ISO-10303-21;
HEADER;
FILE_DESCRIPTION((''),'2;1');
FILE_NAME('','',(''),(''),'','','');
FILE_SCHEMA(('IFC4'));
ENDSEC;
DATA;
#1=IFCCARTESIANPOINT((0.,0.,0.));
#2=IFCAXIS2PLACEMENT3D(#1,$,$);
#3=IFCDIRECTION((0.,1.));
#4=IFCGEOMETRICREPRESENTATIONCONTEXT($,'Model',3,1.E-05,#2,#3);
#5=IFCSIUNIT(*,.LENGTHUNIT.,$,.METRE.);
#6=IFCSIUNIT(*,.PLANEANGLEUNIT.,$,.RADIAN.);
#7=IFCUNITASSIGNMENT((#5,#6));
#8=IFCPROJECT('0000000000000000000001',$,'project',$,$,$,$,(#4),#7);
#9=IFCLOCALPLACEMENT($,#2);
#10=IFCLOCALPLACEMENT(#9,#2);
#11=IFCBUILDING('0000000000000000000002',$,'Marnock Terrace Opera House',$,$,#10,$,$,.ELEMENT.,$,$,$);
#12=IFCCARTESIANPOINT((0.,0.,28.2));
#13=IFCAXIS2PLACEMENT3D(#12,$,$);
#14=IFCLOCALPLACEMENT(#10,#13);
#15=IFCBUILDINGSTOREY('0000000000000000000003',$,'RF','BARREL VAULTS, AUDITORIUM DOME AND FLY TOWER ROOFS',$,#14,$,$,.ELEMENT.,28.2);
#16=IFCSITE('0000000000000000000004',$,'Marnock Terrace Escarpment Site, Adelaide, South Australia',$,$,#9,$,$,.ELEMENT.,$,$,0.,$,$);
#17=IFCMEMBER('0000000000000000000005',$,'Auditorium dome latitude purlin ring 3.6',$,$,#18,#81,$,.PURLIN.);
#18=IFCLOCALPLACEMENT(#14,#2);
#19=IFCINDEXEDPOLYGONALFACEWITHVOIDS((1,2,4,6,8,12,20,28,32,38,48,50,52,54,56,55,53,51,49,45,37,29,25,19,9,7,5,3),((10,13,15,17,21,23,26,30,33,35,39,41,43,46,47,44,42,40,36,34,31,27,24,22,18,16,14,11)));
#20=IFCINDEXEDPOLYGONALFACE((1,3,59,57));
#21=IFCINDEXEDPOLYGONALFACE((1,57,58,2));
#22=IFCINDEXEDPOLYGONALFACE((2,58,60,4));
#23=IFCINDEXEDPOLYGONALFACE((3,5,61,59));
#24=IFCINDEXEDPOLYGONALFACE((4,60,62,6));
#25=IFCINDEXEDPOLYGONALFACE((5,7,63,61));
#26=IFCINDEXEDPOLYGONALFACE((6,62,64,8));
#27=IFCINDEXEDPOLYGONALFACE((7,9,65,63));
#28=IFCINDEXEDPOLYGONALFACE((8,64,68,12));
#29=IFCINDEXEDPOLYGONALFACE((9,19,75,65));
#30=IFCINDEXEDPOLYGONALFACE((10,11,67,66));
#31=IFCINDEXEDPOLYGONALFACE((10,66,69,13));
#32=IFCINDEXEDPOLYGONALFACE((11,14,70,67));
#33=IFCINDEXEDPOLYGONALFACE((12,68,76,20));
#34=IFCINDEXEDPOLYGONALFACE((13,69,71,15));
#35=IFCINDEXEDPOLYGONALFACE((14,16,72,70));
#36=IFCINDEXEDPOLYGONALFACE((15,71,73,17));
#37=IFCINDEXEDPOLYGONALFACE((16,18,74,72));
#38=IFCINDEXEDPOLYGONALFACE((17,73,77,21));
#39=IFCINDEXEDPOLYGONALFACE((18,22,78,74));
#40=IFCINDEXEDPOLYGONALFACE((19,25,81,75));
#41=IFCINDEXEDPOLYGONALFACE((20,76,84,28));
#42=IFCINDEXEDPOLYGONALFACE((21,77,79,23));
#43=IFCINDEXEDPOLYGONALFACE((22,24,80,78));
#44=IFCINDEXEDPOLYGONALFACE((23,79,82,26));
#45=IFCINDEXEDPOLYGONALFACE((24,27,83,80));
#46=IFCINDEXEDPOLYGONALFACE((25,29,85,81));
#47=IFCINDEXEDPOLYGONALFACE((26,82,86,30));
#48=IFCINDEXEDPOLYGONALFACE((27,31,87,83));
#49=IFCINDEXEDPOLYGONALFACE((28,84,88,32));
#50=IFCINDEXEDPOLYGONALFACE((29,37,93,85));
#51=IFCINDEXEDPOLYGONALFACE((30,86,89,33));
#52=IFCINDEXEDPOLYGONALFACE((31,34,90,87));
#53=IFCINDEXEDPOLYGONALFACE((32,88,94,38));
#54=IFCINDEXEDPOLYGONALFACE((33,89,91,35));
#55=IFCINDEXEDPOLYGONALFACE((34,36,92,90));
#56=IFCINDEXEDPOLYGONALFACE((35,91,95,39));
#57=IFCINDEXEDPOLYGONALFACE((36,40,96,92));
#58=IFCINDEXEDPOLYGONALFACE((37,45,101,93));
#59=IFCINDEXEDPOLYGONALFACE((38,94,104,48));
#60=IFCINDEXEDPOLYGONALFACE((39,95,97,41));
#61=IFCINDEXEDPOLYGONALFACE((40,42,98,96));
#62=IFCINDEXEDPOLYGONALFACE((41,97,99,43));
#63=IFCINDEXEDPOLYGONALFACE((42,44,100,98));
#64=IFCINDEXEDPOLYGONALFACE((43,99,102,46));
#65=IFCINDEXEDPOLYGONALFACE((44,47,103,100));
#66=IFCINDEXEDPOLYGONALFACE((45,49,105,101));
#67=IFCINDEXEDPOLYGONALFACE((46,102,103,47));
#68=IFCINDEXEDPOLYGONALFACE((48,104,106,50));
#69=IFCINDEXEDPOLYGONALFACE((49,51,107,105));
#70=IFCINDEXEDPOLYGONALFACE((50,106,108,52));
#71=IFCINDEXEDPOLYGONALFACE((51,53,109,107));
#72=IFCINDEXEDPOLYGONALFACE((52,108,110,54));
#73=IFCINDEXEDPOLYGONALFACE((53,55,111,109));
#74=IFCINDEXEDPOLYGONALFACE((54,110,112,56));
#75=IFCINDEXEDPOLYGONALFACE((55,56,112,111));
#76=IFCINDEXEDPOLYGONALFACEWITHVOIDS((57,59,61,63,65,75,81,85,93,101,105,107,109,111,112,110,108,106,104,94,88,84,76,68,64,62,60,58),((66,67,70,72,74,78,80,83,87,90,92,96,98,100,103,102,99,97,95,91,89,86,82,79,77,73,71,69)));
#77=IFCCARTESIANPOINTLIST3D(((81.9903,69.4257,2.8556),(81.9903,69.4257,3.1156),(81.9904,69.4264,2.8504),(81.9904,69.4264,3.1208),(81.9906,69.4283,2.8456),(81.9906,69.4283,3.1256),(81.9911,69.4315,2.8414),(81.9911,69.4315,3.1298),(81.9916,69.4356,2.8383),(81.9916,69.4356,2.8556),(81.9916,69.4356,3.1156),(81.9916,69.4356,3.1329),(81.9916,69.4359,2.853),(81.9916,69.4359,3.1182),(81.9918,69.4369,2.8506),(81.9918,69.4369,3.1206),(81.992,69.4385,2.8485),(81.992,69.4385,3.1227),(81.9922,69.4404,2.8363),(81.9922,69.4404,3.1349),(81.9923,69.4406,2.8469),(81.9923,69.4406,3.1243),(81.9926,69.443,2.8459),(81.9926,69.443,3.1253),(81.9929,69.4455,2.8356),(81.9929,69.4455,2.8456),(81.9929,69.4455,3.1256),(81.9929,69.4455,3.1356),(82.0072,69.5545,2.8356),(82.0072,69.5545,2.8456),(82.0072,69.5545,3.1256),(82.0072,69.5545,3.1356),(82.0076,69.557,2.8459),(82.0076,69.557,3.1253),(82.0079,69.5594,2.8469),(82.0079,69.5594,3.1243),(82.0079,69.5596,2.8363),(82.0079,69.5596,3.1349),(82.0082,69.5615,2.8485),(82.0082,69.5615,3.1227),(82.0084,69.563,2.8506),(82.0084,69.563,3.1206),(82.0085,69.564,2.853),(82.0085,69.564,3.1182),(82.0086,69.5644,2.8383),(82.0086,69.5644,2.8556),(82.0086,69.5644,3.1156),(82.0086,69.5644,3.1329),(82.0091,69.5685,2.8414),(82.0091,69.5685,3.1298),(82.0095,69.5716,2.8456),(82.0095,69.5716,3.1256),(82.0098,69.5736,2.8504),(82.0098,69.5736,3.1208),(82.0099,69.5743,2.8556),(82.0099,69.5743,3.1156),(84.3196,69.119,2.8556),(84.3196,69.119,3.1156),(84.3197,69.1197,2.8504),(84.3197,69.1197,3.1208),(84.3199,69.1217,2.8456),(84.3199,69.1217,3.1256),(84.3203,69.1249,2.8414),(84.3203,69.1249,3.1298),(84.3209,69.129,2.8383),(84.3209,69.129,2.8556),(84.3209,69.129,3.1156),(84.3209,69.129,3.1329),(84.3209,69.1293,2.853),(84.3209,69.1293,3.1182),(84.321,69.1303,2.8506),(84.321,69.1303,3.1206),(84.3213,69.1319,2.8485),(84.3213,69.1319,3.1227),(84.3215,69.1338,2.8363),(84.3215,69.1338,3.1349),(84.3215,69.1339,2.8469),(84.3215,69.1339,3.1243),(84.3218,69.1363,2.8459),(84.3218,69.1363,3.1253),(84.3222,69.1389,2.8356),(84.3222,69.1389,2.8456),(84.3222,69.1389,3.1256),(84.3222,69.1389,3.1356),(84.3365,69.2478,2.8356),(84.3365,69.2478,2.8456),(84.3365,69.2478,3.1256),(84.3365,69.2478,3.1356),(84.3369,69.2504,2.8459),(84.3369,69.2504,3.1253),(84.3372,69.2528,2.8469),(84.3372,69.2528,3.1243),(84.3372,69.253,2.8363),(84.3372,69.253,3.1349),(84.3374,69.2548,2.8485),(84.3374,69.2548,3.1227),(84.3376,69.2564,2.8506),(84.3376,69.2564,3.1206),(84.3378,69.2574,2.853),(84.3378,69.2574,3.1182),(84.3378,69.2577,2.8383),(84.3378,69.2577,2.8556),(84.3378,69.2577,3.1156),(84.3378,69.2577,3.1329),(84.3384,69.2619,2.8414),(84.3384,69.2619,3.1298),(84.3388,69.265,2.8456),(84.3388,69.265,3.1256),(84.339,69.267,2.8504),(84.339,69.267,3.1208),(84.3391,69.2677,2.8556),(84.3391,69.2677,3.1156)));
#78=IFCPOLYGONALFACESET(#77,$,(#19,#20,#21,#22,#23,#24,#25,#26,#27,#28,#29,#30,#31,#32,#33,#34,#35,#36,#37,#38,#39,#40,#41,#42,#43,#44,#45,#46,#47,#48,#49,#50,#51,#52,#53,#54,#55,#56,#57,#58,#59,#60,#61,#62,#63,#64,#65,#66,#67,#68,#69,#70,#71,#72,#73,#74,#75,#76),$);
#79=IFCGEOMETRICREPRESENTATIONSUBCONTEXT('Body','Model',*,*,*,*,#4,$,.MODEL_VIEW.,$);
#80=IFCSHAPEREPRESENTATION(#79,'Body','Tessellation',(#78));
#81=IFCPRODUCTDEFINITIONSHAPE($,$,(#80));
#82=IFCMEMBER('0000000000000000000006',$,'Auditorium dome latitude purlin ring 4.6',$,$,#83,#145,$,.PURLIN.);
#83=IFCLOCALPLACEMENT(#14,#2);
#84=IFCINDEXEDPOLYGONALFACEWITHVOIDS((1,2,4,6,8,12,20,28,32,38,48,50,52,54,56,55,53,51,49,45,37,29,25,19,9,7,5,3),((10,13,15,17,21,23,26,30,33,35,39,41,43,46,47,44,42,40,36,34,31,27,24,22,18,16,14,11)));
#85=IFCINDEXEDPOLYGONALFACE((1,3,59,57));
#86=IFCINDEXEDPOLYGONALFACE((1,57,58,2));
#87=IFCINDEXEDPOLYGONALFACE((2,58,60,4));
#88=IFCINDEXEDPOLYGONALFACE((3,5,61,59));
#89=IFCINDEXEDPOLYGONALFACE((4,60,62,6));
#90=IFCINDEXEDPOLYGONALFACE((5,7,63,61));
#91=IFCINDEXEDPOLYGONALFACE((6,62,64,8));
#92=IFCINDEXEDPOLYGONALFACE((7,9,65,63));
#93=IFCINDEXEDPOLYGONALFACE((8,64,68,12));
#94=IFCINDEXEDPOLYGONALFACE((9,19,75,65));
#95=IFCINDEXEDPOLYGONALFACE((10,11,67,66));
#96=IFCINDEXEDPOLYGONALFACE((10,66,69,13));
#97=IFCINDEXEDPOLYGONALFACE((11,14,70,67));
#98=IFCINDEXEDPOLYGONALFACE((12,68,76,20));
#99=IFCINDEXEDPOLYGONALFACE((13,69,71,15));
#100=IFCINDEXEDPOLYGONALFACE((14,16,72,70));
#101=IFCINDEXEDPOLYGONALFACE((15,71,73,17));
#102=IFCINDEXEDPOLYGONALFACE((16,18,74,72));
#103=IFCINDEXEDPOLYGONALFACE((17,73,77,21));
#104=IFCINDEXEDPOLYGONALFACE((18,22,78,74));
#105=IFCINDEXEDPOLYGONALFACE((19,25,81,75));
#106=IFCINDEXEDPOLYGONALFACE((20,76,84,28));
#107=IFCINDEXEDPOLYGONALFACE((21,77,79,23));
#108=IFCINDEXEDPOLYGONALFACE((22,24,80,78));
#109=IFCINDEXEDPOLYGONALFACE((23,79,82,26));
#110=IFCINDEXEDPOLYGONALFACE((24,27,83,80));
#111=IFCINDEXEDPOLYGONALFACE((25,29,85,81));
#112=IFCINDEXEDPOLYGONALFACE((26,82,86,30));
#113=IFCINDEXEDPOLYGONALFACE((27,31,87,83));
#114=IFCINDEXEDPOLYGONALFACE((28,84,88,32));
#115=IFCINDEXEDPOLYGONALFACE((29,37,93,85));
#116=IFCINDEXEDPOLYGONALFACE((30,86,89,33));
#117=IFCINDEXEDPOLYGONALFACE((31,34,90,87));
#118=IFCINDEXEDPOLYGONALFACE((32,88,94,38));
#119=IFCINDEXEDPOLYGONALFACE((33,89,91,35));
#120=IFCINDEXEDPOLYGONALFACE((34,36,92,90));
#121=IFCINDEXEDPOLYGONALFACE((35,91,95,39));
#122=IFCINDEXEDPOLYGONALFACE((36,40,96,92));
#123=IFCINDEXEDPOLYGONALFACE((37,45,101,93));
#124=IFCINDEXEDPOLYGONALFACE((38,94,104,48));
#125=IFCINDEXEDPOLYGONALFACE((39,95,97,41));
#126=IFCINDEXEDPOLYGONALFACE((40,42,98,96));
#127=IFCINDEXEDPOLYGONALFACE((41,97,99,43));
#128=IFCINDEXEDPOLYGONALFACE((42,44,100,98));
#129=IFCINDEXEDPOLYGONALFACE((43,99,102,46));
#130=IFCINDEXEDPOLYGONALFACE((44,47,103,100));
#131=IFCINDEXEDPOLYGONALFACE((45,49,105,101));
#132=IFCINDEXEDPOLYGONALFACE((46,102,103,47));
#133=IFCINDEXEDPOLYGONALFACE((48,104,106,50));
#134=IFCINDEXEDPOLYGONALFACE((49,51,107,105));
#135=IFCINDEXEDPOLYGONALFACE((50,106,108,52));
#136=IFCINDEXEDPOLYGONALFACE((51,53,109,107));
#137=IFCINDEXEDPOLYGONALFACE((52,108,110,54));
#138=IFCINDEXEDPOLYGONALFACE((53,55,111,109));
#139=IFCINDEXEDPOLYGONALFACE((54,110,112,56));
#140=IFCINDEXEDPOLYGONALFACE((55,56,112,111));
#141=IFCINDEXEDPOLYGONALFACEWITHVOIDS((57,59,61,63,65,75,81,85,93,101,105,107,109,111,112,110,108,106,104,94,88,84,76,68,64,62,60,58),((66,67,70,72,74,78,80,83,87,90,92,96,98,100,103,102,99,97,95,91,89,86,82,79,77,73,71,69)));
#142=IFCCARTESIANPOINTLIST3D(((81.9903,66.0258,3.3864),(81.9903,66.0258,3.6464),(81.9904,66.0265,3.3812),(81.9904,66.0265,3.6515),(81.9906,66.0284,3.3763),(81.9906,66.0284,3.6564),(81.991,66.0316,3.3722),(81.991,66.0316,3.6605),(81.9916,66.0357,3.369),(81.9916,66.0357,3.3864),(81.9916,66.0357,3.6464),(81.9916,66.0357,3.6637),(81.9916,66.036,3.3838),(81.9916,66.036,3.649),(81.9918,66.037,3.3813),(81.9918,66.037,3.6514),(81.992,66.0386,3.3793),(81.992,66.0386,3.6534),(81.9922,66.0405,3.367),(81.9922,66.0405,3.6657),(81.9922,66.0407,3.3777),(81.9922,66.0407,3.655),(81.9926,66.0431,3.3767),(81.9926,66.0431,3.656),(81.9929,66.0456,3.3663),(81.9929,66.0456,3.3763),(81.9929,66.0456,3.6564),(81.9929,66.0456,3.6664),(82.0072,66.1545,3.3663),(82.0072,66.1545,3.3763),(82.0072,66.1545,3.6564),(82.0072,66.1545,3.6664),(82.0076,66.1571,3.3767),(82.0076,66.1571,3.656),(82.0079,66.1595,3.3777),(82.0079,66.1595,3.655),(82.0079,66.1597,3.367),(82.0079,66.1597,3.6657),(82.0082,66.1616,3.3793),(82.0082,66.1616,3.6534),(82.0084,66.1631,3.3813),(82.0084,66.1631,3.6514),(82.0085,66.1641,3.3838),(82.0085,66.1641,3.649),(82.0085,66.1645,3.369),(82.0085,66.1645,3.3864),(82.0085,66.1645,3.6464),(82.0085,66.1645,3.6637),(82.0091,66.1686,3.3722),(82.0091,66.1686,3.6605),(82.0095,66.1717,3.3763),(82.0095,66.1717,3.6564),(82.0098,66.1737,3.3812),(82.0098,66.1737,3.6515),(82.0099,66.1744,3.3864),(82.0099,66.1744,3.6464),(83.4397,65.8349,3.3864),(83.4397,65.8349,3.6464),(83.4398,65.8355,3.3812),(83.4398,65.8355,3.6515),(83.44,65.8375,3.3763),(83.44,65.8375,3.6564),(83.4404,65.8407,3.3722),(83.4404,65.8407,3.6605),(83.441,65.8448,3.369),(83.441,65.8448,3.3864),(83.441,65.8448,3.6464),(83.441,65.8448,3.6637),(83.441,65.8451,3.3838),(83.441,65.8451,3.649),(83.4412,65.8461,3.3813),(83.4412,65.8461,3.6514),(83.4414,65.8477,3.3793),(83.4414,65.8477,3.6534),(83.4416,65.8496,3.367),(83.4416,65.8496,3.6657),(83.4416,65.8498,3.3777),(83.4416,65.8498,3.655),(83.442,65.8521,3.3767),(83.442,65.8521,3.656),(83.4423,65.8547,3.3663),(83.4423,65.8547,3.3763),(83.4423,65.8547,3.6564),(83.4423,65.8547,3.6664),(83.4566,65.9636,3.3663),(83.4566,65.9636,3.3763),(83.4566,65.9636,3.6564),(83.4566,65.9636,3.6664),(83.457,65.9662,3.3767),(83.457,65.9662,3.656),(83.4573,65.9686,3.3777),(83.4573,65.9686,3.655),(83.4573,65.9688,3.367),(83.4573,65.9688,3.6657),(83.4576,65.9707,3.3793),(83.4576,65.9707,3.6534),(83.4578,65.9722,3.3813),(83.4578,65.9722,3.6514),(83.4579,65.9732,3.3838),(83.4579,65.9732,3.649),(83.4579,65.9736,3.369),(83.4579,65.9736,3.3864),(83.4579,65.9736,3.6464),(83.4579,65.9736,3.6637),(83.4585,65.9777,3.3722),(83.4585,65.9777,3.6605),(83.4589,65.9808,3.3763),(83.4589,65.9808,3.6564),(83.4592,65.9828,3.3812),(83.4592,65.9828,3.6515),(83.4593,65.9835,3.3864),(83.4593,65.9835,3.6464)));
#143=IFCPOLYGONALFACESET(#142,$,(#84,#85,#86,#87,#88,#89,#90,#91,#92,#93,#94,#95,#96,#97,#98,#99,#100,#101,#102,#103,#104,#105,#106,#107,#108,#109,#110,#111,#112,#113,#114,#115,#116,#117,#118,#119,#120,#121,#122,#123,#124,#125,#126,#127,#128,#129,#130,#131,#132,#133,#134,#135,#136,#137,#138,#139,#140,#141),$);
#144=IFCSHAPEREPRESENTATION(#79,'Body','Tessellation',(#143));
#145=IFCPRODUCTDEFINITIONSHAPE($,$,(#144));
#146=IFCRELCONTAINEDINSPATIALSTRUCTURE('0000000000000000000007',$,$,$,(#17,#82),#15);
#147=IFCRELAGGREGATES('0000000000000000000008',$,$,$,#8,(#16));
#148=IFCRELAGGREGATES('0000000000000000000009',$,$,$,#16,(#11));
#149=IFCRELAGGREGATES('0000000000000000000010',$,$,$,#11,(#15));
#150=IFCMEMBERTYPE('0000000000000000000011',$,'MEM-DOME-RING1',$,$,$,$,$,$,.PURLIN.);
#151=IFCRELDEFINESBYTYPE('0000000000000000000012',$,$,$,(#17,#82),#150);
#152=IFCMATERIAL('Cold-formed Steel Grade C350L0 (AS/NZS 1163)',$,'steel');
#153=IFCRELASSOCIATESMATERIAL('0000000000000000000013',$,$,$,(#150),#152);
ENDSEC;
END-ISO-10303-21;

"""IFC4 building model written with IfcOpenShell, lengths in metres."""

from ifc_helpers import new_model, si_unit, direction, frame, origin, origin_2d, place, context, subcontext, project, spatial, hollow_rectangle, extrude, material, material_profile, profile_set, type_object, element, save


model = new_model("IFC4")

# Units and contexts
model_context = context("Model", 3, precision=1e-05, world=origin(), true_north=direction((0.0, 1.0)))
body_context = subcontext(model_context, "Body", "Model", "MODEL_VIEW")
ifc_project = project(units=[si_unit("LENGTHUNIT", "METRE"), si_unit("PLANEANGLEUNIT", "RADIAN")], contexts=[model_context])

# Site, building, storey
site_placement = place(None, origin())
site = spatial("IfcSite", under=ifc_project, at=site_placement, Name="Marnock Terrace Escarpment Site, Adelaide, South Australia", CompositionType="ELEMENT", RefElevation=0.0)
building_placement = place(site_placement, origin())
building = spatial("IfcBuilding", under=site, at=building_placement, Name="Marnock Terrace Opera House", CompositionType="ELEMENT")
storey_placement = place(building_placement, frame((0.0, 0.0, 28.2)))
storey = spatial("IfcBuildingStorey", under=building, at=storey_placement, Name="RF", Description="BARREL VAULTS, AUDITORIUM DOME AND FLY TOWER ROOFS", CompositionType="ELEMENT", Elevation=28.2)

# Members
ifc_material_1 = material(Name="Cold-formed Steel Grade C350L0 (AS/NZS 1163)", Category="steel")
ifc_material_profile_1 = material_profile(ifc_material_1, hollow_rectangle(XDim=0.1499, YDim=0.3, WallThickness=0.01, InnerFilletRadius=0.01, OuterFilletRadius=0.02, at=origin_2d()))
ifc_profile_set_1 = profile_set([ifc_material_profile_1], Name="Cold-formed Steel Grade C350L0 (AS/NZS 1163)")
member_type_1 = type_object("IfcMemberType", Name="MEM-DOME-RING1", PredefinedType="PURLIN", material=ifc_profile_set_1)
member_1_placement = place(storey_placement, frame((84.3293, 69.1934, 2.9856), z_axis=(-0.991446, 0.130516, 0.0), x_axis=(-0.130516, -0.991446, 0.0)))
element("IfcMember", 1, at=member_1_placement, inside=storey, type_object=member_type_1, Name="Auditorium dome latitude purlin ring 3.6", PredefinedType="PURLIN", context=body_context, shape_type="SweptSolid", body=[
    extrude(hollow_rectangle(XDim=0.1499, YDim=0.3, WallThickness=0.01, InnerFilletRadius=0.01, OuterFilletRadius=0.02, at=origin_2d()), origin(), (0.0, 0.0, 1.0), 2.3494),
])
member_2_placement = place(storey_placement, frame((83.4495, 65.9092, 3.5164), z_axis=(-0.991437, 0.130588, 0.0), x_axis=(-0.130588, -0.991437, 0.0)))
element("IfcMember", 2, at=member_2_placement, inside=storey, type_object=member_type_1, Name="Auditorium dome latitude purlin ring 4.6", PredefinedType="PURLIN", context=body_context, shape_type="SweptSolid", body=[
    extrude(hollow_rectangle(XDim=0.1499, YDim=0.3, WallThickness=0.01, InnerFilletRadius=0.01, OuterFilletRadius=0.02, at=origin_2d()), origin(), (0.0, 0.0, 1.0), 1.4619),
])

save(model, "model.ifc")
